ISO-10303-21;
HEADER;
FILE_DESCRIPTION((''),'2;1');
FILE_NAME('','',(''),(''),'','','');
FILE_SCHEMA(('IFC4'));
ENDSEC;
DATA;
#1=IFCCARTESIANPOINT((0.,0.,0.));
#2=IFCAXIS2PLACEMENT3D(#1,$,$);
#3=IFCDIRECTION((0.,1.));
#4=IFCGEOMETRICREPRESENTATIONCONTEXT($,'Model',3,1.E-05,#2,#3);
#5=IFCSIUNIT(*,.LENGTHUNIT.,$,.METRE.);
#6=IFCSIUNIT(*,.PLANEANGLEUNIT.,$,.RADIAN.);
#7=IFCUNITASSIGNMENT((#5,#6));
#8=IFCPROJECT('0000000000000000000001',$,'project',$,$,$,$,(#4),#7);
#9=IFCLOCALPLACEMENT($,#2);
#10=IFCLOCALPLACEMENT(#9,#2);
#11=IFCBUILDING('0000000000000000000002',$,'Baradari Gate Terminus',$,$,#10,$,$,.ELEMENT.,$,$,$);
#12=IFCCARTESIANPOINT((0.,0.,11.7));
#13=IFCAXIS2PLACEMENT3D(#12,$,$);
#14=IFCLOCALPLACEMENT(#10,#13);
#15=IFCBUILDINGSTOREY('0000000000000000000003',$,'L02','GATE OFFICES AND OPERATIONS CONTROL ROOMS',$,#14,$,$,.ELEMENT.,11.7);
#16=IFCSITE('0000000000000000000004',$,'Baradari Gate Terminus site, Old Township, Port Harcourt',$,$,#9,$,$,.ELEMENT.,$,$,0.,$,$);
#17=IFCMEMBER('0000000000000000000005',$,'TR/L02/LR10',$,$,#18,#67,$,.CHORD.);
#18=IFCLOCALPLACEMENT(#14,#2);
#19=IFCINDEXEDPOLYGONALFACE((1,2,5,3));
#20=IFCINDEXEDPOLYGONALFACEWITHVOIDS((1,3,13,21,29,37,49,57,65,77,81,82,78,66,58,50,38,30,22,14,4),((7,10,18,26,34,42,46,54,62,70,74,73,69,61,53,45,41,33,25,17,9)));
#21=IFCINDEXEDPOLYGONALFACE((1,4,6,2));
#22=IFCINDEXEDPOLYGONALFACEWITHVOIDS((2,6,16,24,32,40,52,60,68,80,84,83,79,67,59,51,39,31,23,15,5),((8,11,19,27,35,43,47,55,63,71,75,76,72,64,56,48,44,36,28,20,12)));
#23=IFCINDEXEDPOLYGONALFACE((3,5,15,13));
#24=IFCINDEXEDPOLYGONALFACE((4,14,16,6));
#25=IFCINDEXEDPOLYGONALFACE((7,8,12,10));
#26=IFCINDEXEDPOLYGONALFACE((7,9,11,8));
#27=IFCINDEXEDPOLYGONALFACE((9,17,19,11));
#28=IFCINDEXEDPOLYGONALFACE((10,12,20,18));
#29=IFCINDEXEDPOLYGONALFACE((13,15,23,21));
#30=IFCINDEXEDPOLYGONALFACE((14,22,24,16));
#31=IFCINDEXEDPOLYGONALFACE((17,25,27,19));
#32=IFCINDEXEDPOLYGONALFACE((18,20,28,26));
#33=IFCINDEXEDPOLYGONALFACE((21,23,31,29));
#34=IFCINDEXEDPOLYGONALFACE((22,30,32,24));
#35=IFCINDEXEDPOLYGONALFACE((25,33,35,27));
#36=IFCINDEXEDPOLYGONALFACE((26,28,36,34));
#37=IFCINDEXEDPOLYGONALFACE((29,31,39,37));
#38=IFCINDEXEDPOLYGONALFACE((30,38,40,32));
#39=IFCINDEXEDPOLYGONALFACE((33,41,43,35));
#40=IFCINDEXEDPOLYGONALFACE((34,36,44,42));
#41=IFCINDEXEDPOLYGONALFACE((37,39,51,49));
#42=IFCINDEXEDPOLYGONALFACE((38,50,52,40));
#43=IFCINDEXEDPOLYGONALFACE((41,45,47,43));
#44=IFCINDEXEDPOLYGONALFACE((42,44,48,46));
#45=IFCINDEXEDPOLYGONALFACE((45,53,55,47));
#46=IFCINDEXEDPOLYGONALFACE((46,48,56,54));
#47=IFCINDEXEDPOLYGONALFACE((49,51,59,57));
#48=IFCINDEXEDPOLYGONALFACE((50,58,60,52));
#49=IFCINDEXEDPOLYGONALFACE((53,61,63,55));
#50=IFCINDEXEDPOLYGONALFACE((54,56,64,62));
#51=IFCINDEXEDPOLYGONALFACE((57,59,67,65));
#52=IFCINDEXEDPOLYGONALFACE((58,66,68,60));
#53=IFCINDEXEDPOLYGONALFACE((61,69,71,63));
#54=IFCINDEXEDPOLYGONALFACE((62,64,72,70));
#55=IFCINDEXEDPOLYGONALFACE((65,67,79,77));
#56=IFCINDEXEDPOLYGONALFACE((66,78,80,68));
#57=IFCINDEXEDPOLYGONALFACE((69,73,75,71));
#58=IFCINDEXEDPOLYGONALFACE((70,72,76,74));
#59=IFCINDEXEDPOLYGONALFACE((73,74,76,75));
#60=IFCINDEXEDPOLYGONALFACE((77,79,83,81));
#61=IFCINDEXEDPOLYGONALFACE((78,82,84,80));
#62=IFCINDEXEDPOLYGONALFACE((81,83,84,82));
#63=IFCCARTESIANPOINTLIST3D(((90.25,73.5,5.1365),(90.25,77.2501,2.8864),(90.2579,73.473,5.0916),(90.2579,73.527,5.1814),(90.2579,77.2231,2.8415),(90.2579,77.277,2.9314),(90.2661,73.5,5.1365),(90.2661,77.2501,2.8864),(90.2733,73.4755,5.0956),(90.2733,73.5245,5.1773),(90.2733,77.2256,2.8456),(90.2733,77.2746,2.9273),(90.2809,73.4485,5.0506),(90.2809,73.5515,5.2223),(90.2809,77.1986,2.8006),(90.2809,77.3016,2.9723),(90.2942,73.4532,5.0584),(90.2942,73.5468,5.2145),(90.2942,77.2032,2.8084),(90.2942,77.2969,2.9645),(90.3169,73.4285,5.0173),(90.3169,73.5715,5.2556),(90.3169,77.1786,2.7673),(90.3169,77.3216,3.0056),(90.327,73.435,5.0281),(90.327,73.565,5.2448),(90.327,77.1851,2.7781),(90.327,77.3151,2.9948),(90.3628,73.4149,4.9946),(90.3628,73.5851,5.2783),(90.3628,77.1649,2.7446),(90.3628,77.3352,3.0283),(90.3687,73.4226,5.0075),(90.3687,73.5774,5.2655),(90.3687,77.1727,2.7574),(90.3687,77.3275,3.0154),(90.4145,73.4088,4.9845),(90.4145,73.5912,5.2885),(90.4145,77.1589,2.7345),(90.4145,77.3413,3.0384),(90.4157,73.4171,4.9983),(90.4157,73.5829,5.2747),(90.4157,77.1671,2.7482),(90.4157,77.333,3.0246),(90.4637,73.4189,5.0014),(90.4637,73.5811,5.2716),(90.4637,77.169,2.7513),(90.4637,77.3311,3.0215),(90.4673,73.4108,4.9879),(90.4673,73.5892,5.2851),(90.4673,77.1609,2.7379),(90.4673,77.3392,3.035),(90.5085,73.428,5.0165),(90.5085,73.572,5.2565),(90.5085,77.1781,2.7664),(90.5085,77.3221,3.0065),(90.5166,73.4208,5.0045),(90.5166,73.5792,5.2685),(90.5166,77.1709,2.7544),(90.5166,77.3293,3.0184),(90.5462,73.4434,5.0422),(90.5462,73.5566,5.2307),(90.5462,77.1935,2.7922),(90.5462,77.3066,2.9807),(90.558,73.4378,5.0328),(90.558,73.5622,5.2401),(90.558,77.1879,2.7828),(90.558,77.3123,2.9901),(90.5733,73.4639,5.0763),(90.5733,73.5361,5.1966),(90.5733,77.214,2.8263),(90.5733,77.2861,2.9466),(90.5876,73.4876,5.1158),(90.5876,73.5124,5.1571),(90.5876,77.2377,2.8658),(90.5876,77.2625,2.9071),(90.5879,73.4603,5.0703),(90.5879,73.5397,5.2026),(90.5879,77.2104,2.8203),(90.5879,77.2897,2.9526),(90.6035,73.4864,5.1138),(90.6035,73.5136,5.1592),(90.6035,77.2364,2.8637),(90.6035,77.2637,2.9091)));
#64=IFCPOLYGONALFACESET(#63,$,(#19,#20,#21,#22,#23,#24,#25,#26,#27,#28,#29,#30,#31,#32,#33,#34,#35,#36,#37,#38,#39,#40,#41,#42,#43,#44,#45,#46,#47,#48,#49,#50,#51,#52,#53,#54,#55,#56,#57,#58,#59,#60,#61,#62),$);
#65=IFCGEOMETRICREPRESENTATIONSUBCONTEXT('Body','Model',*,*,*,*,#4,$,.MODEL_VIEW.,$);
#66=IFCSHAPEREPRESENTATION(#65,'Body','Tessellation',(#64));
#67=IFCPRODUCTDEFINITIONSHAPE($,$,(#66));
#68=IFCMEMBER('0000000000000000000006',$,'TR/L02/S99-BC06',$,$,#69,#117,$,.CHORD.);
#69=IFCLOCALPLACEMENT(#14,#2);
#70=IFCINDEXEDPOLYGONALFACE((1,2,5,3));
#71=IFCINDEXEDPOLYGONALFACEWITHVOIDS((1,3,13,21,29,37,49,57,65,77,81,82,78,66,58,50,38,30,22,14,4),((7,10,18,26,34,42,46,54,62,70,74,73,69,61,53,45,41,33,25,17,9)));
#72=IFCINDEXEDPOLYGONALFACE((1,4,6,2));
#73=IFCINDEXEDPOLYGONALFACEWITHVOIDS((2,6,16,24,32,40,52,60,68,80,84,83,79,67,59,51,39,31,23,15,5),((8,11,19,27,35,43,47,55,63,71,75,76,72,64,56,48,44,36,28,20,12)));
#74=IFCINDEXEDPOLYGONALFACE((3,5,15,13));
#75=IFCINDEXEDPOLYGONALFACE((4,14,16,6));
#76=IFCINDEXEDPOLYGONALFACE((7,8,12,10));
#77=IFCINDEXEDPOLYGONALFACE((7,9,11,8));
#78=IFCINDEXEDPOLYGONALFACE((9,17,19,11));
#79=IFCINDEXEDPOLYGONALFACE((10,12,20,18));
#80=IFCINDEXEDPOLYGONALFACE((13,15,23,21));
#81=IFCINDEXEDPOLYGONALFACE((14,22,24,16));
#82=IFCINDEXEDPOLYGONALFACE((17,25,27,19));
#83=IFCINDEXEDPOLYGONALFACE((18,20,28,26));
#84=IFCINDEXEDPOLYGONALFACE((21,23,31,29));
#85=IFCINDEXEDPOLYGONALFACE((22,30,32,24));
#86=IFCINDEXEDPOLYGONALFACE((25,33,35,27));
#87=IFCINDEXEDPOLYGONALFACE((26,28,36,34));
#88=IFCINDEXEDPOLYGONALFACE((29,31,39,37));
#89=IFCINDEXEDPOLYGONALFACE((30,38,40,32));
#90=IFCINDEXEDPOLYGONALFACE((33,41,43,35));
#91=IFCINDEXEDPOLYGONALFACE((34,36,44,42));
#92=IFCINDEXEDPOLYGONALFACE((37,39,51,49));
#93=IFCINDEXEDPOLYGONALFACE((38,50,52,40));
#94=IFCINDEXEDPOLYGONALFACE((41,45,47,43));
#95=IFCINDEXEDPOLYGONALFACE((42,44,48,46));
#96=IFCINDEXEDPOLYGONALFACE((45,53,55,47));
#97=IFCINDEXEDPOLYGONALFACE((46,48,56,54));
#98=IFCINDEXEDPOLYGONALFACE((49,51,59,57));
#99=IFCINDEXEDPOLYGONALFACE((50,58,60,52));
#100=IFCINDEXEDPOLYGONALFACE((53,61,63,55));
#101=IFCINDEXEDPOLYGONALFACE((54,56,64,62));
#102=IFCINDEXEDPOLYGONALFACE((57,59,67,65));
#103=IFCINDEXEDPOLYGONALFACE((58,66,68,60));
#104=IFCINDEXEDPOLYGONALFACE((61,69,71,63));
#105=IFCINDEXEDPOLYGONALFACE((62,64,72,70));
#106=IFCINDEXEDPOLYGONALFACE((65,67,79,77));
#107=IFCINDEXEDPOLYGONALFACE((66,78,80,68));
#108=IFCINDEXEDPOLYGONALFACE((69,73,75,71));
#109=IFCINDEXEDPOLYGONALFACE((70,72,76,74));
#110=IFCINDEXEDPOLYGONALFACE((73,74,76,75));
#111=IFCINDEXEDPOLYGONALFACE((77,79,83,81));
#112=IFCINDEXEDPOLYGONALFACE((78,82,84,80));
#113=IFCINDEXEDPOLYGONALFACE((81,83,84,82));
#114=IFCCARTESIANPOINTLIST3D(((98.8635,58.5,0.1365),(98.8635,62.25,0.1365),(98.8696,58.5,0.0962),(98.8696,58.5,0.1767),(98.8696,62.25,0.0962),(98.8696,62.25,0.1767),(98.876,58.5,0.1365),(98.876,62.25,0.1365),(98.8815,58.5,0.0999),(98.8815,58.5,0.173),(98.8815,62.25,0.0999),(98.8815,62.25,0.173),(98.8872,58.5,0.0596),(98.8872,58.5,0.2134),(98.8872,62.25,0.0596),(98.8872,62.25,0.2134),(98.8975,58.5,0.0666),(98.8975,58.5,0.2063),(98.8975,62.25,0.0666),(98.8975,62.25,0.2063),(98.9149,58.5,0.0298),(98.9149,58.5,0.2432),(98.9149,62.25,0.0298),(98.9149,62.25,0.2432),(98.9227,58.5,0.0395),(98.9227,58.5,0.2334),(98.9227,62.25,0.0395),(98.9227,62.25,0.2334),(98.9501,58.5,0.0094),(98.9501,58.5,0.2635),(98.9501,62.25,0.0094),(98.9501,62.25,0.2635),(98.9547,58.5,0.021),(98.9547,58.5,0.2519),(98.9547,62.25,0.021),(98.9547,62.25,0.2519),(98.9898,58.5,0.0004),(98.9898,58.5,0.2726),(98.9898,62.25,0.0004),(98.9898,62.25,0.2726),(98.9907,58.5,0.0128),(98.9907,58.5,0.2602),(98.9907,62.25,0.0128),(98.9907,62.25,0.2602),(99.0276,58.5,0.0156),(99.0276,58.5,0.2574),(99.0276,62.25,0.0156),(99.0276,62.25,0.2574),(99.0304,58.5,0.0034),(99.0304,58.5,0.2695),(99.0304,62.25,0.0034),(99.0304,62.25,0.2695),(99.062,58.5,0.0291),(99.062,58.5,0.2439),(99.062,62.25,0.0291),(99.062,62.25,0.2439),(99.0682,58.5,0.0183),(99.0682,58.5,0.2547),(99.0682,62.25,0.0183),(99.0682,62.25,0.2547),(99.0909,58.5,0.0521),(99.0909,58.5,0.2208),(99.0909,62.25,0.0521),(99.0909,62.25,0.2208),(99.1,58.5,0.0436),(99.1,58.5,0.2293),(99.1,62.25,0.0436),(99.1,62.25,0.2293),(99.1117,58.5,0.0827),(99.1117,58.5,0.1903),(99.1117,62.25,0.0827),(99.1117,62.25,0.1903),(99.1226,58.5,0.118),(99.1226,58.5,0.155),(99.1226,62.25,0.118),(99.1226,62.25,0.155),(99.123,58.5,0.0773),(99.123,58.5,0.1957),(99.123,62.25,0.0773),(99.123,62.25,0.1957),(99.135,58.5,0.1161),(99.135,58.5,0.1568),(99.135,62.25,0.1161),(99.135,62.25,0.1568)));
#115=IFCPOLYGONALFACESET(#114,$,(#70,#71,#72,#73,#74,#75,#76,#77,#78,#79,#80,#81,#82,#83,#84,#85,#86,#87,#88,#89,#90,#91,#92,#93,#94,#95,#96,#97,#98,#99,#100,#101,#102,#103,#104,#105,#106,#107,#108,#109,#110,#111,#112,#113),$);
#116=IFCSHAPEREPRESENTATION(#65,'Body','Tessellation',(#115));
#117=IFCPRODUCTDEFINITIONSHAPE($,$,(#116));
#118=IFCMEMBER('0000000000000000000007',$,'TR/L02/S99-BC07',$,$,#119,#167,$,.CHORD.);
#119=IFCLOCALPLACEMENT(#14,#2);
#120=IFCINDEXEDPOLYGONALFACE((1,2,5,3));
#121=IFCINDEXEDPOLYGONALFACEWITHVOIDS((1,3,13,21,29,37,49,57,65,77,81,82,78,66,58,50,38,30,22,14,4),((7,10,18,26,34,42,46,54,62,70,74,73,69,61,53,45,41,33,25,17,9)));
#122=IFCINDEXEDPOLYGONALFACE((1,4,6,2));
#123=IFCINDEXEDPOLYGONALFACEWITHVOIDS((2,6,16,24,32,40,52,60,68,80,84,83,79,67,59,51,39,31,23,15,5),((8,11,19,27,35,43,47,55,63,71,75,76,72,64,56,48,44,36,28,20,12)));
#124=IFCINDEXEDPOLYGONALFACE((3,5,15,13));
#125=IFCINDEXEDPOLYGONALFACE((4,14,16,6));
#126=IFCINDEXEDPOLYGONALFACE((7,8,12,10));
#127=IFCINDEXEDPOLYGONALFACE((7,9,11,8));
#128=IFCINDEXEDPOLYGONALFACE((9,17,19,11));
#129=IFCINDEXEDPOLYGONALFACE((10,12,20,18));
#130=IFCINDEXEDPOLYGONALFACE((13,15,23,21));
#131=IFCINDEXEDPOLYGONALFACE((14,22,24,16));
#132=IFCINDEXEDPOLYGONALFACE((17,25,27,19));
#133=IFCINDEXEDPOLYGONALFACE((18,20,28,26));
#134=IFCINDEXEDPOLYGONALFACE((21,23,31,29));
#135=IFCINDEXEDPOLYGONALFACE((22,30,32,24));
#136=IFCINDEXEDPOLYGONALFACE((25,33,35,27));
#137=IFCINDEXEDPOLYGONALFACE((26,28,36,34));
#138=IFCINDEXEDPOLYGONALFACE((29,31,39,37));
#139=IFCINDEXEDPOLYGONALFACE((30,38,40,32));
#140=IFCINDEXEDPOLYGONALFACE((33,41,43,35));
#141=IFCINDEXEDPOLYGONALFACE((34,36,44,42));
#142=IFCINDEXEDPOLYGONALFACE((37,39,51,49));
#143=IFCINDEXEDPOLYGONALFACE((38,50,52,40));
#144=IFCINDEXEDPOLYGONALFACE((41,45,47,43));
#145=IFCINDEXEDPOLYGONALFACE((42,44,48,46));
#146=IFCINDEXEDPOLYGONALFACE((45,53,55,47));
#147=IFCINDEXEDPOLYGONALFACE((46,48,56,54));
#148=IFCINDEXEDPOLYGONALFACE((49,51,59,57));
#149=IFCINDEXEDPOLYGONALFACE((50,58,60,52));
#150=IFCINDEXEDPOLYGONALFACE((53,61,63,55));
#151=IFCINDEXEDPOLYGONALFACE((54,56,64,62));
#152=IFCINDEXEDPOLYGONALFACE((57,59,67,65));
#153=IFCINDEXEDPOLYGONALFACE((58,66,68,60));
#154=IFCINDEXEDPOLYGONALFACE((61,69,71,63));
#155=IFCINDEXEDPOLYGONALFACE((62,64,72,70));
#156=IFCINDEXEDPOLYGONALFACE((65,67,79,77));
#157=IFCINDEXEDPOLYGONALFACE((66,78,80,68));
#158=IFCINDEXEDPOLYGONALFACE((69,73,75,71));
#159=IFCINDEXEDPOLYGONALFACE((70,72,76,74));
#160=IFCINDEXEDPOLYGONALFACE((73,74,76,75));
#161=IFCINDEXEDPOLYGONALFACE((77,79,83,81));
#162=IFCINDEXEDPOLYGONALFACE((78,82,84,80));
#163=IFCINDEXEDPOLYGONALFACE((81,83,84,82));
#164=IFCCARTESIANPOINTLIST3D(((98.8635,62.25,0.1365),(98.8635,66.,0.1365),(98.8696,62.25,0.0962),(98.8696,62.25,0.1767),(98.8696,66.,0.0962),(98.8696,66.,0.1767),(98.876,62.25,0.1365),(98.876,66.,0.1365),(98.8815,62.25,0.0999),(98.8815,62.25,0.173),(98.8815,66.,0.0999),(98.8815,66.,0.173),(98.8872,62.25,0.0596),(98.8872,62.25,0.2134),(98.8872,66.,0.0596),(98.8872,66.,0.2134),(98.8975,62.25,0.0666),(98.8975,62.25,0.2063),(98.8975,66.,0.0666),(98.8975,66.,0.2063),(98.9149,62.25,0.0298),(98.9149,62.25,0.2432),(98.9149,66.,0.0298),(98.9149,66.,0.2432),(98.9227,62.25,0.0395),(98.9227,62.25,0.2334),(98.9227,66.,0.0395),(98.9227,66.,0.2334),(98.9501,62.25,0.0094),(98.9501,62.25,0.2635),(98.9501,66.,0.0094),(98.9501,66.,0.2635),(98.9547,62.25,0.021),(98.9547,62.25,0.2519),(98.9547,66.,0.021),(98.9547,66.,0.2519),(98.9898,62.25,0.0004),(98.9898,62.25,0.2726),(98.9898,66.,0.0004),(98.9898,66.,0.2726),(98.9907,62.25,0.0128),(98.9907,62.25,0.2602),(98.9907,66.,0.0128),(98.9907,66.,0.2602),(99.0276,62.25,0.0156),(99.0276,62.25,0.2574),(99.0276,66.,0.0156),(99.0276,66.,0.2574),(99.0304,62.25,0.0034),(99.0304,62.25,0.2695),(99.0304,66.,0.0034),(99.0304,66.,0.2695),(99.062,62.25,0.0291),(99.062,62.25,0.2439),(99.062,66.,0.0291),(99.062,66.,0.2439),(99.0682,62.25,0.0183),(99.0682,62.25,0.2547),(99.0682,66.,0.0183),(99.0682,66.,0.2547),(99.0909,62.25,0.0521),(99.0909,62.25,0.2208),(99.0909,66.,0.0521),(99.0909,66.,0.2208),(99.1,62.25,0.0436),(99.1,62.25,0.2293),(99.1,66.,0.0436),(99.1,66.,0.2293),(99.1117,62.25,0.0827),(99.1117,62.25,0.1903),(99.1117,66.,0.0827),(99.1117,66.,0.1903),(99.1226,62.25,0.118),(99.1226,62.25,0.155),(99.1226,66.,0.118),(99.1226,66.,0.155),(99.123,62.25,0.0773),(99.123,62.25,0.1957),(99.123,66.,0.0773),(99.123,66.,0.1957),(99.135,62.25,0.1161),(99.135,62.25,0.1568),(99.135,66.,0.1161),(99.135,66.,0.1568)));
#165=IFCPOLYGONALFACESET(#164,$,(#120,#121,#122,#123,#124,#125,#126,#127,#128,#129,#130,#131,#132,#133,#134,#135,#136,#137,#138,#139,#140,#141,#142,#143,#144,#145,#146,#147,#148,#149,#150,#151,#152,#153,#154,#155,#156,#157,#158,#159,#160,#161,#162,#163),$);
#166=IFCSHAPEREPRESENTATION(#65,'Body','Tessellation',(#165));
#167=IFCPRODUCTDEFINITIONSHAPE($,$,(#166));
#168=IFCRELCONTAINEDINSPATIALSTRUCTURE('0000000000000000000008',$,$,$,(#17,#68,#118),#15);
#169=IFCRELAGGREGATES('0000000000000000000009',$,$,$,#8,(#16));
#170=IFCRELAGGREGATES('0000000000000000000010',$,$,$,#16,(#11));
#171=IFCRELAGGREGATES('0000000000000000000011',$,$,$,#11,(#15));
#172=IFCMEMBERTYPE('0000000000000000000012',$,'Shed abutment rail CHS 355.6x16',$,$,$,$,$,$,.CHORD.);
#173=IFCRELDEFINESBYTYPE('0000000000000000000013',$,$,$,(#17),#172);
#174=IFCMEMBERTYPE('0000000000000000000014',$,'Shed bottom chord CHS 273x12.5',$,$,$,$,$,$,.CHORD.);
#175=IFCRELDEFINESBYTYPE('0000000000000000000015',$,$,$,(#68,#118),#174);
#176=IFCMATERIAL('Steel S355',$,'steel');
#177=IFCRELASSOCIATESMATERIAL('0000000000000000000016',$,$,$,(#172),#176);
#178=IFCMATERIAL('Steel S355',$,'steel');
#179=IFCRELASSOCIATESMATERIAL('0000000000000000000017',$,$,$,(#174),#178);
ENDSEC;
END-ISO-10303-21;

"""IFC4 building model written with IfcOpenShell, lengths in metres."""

from ifc_helpers import new_model, si_unit, direction, frame, origin, origin_2d, place, context, subcontext, project, spatial, hollow_circle, extrude, material, material_profile, profile_set, type_object, element, save


model = new_model("IFC4")

# Units and contexts
model_context = context("Model", 3, precision=1e-05, world=origin(), true_north=direction((0.0, 1.0)))
body_context = subcontext(model_context, "Body", "Model", "MODEL_VIEW")
ifc_project = project(units=[si_unit("LENGTHUNIT", "METRE"), si_unit("PLANEANGLEUNIT", "RADIAN")], contexts=[model_context])

# Site, building, storey
site_placement = place(None, origin())
site = spatial("IfcSite", under=ifc_project, at=site_placement, Name="Baradari Gate Terminus site, Old Township, Port Harcourt", CompositionType="ELEMENT", RefElevation=0.0)
building_placement = place(site_placement, origin())
building = spatial("IfcBuilding", under=site, at=building_placement, Name="Baradari Gate Terminus", CompositionType="ELEMENT")
storey_placement = place(building_placement, frame((0.0, 0.0, 11.7)))
storey = spatial("IfcBuildingStorey", under=building, at=storey_placement, Name="L02", Description="GATE OFFICES AND OPERATIONS CONTROL ROOMS", CompositionType="ELEMENT", Elevation=11.7)

# Members
ifc_material_1 = material(Name="Steel S355", Category="steel")
ifc_material_profile_1 = material_profile(ifc_material_1, hollow_circle(Radius=0.1777, WallThickness=0.0161, at=origin_2d()), Name="CHS 355.6x16")
ifc_profile_set_1 = profile_set([ifc_material_profile_1], Name="Steel S355")
member_type_1 = type_object("IfcMemberType", Name="Shed abutment rail CHS 355.6x16", PredefinedType="CHORD", material=ifc_profile_set_1)
member_1_placement = place(storey_placement, frame((90.4277, 73.5, 5.1365), z_axis=(0.0, 0.857493, -0.514496), x_axis=(-1.0, 0.0, 0.0)))
element("IfcMember", 1, at=member_1_placement, inside=storey, type_object=member_type_1, Name="TR/L02/LR10", PredefinedType="CHORD", context=body_context, shape_type="SweptSolid", body=[
    extrude(hollow_circle(Radius=0.1777, WallThickness=0.0161, at=origin_2d()), origin(), (0.0, 0.0, 1.0), 4.3733),
])
ifc_material_2 = material(Name="Steel S355", Category="steel")
ifc_material_profile_2 = material_profile(ifc_material_2, hollow_circle(Radius=0.1365, WallThickness=0.0125, at=origin_2d()), Name="CHS 273x12.5")
ifc_profile_set_2 = profile_set([ifc_material_profile_2], Name="Steel S355")
member_type_2 = type_object("IfcMemberType", Name="Shed bottom chord CHS 273x12.5", PredefinedType="CHORD", material=ifc_profile_set_2)
for number, where, z_axis, x_axis, name in (
    (2, (99.0, 58.5, 0.1365), (0.0, 1.0, 0.0), (-1.0, 0.0, 0.0), "TR/L02/S99-BC06"),
    (3, (99.0, 62.25, 0.1365), (0.0, 1.0, 0.0), (-1.0, 0.0, 0.0), "TR/L02/S99-BC07"),
):
    element("IfcMember", number, at=place(storey_placement, frame(where, z_axis=z_axis, x_axis=x_axis)), inside=storey, type_object=member_type_2, Name=name, PredefinedType="CHORD", context=body_context, shape_type="SweptSolid", body=[
        extrude(hollow_circle(Radius=0.1365, WallThickness=0.0125, at=origin_2d()), origin(), (0.0, 0.0, 1.0), 3.75),
    ])

save(model, "model.ifc")
